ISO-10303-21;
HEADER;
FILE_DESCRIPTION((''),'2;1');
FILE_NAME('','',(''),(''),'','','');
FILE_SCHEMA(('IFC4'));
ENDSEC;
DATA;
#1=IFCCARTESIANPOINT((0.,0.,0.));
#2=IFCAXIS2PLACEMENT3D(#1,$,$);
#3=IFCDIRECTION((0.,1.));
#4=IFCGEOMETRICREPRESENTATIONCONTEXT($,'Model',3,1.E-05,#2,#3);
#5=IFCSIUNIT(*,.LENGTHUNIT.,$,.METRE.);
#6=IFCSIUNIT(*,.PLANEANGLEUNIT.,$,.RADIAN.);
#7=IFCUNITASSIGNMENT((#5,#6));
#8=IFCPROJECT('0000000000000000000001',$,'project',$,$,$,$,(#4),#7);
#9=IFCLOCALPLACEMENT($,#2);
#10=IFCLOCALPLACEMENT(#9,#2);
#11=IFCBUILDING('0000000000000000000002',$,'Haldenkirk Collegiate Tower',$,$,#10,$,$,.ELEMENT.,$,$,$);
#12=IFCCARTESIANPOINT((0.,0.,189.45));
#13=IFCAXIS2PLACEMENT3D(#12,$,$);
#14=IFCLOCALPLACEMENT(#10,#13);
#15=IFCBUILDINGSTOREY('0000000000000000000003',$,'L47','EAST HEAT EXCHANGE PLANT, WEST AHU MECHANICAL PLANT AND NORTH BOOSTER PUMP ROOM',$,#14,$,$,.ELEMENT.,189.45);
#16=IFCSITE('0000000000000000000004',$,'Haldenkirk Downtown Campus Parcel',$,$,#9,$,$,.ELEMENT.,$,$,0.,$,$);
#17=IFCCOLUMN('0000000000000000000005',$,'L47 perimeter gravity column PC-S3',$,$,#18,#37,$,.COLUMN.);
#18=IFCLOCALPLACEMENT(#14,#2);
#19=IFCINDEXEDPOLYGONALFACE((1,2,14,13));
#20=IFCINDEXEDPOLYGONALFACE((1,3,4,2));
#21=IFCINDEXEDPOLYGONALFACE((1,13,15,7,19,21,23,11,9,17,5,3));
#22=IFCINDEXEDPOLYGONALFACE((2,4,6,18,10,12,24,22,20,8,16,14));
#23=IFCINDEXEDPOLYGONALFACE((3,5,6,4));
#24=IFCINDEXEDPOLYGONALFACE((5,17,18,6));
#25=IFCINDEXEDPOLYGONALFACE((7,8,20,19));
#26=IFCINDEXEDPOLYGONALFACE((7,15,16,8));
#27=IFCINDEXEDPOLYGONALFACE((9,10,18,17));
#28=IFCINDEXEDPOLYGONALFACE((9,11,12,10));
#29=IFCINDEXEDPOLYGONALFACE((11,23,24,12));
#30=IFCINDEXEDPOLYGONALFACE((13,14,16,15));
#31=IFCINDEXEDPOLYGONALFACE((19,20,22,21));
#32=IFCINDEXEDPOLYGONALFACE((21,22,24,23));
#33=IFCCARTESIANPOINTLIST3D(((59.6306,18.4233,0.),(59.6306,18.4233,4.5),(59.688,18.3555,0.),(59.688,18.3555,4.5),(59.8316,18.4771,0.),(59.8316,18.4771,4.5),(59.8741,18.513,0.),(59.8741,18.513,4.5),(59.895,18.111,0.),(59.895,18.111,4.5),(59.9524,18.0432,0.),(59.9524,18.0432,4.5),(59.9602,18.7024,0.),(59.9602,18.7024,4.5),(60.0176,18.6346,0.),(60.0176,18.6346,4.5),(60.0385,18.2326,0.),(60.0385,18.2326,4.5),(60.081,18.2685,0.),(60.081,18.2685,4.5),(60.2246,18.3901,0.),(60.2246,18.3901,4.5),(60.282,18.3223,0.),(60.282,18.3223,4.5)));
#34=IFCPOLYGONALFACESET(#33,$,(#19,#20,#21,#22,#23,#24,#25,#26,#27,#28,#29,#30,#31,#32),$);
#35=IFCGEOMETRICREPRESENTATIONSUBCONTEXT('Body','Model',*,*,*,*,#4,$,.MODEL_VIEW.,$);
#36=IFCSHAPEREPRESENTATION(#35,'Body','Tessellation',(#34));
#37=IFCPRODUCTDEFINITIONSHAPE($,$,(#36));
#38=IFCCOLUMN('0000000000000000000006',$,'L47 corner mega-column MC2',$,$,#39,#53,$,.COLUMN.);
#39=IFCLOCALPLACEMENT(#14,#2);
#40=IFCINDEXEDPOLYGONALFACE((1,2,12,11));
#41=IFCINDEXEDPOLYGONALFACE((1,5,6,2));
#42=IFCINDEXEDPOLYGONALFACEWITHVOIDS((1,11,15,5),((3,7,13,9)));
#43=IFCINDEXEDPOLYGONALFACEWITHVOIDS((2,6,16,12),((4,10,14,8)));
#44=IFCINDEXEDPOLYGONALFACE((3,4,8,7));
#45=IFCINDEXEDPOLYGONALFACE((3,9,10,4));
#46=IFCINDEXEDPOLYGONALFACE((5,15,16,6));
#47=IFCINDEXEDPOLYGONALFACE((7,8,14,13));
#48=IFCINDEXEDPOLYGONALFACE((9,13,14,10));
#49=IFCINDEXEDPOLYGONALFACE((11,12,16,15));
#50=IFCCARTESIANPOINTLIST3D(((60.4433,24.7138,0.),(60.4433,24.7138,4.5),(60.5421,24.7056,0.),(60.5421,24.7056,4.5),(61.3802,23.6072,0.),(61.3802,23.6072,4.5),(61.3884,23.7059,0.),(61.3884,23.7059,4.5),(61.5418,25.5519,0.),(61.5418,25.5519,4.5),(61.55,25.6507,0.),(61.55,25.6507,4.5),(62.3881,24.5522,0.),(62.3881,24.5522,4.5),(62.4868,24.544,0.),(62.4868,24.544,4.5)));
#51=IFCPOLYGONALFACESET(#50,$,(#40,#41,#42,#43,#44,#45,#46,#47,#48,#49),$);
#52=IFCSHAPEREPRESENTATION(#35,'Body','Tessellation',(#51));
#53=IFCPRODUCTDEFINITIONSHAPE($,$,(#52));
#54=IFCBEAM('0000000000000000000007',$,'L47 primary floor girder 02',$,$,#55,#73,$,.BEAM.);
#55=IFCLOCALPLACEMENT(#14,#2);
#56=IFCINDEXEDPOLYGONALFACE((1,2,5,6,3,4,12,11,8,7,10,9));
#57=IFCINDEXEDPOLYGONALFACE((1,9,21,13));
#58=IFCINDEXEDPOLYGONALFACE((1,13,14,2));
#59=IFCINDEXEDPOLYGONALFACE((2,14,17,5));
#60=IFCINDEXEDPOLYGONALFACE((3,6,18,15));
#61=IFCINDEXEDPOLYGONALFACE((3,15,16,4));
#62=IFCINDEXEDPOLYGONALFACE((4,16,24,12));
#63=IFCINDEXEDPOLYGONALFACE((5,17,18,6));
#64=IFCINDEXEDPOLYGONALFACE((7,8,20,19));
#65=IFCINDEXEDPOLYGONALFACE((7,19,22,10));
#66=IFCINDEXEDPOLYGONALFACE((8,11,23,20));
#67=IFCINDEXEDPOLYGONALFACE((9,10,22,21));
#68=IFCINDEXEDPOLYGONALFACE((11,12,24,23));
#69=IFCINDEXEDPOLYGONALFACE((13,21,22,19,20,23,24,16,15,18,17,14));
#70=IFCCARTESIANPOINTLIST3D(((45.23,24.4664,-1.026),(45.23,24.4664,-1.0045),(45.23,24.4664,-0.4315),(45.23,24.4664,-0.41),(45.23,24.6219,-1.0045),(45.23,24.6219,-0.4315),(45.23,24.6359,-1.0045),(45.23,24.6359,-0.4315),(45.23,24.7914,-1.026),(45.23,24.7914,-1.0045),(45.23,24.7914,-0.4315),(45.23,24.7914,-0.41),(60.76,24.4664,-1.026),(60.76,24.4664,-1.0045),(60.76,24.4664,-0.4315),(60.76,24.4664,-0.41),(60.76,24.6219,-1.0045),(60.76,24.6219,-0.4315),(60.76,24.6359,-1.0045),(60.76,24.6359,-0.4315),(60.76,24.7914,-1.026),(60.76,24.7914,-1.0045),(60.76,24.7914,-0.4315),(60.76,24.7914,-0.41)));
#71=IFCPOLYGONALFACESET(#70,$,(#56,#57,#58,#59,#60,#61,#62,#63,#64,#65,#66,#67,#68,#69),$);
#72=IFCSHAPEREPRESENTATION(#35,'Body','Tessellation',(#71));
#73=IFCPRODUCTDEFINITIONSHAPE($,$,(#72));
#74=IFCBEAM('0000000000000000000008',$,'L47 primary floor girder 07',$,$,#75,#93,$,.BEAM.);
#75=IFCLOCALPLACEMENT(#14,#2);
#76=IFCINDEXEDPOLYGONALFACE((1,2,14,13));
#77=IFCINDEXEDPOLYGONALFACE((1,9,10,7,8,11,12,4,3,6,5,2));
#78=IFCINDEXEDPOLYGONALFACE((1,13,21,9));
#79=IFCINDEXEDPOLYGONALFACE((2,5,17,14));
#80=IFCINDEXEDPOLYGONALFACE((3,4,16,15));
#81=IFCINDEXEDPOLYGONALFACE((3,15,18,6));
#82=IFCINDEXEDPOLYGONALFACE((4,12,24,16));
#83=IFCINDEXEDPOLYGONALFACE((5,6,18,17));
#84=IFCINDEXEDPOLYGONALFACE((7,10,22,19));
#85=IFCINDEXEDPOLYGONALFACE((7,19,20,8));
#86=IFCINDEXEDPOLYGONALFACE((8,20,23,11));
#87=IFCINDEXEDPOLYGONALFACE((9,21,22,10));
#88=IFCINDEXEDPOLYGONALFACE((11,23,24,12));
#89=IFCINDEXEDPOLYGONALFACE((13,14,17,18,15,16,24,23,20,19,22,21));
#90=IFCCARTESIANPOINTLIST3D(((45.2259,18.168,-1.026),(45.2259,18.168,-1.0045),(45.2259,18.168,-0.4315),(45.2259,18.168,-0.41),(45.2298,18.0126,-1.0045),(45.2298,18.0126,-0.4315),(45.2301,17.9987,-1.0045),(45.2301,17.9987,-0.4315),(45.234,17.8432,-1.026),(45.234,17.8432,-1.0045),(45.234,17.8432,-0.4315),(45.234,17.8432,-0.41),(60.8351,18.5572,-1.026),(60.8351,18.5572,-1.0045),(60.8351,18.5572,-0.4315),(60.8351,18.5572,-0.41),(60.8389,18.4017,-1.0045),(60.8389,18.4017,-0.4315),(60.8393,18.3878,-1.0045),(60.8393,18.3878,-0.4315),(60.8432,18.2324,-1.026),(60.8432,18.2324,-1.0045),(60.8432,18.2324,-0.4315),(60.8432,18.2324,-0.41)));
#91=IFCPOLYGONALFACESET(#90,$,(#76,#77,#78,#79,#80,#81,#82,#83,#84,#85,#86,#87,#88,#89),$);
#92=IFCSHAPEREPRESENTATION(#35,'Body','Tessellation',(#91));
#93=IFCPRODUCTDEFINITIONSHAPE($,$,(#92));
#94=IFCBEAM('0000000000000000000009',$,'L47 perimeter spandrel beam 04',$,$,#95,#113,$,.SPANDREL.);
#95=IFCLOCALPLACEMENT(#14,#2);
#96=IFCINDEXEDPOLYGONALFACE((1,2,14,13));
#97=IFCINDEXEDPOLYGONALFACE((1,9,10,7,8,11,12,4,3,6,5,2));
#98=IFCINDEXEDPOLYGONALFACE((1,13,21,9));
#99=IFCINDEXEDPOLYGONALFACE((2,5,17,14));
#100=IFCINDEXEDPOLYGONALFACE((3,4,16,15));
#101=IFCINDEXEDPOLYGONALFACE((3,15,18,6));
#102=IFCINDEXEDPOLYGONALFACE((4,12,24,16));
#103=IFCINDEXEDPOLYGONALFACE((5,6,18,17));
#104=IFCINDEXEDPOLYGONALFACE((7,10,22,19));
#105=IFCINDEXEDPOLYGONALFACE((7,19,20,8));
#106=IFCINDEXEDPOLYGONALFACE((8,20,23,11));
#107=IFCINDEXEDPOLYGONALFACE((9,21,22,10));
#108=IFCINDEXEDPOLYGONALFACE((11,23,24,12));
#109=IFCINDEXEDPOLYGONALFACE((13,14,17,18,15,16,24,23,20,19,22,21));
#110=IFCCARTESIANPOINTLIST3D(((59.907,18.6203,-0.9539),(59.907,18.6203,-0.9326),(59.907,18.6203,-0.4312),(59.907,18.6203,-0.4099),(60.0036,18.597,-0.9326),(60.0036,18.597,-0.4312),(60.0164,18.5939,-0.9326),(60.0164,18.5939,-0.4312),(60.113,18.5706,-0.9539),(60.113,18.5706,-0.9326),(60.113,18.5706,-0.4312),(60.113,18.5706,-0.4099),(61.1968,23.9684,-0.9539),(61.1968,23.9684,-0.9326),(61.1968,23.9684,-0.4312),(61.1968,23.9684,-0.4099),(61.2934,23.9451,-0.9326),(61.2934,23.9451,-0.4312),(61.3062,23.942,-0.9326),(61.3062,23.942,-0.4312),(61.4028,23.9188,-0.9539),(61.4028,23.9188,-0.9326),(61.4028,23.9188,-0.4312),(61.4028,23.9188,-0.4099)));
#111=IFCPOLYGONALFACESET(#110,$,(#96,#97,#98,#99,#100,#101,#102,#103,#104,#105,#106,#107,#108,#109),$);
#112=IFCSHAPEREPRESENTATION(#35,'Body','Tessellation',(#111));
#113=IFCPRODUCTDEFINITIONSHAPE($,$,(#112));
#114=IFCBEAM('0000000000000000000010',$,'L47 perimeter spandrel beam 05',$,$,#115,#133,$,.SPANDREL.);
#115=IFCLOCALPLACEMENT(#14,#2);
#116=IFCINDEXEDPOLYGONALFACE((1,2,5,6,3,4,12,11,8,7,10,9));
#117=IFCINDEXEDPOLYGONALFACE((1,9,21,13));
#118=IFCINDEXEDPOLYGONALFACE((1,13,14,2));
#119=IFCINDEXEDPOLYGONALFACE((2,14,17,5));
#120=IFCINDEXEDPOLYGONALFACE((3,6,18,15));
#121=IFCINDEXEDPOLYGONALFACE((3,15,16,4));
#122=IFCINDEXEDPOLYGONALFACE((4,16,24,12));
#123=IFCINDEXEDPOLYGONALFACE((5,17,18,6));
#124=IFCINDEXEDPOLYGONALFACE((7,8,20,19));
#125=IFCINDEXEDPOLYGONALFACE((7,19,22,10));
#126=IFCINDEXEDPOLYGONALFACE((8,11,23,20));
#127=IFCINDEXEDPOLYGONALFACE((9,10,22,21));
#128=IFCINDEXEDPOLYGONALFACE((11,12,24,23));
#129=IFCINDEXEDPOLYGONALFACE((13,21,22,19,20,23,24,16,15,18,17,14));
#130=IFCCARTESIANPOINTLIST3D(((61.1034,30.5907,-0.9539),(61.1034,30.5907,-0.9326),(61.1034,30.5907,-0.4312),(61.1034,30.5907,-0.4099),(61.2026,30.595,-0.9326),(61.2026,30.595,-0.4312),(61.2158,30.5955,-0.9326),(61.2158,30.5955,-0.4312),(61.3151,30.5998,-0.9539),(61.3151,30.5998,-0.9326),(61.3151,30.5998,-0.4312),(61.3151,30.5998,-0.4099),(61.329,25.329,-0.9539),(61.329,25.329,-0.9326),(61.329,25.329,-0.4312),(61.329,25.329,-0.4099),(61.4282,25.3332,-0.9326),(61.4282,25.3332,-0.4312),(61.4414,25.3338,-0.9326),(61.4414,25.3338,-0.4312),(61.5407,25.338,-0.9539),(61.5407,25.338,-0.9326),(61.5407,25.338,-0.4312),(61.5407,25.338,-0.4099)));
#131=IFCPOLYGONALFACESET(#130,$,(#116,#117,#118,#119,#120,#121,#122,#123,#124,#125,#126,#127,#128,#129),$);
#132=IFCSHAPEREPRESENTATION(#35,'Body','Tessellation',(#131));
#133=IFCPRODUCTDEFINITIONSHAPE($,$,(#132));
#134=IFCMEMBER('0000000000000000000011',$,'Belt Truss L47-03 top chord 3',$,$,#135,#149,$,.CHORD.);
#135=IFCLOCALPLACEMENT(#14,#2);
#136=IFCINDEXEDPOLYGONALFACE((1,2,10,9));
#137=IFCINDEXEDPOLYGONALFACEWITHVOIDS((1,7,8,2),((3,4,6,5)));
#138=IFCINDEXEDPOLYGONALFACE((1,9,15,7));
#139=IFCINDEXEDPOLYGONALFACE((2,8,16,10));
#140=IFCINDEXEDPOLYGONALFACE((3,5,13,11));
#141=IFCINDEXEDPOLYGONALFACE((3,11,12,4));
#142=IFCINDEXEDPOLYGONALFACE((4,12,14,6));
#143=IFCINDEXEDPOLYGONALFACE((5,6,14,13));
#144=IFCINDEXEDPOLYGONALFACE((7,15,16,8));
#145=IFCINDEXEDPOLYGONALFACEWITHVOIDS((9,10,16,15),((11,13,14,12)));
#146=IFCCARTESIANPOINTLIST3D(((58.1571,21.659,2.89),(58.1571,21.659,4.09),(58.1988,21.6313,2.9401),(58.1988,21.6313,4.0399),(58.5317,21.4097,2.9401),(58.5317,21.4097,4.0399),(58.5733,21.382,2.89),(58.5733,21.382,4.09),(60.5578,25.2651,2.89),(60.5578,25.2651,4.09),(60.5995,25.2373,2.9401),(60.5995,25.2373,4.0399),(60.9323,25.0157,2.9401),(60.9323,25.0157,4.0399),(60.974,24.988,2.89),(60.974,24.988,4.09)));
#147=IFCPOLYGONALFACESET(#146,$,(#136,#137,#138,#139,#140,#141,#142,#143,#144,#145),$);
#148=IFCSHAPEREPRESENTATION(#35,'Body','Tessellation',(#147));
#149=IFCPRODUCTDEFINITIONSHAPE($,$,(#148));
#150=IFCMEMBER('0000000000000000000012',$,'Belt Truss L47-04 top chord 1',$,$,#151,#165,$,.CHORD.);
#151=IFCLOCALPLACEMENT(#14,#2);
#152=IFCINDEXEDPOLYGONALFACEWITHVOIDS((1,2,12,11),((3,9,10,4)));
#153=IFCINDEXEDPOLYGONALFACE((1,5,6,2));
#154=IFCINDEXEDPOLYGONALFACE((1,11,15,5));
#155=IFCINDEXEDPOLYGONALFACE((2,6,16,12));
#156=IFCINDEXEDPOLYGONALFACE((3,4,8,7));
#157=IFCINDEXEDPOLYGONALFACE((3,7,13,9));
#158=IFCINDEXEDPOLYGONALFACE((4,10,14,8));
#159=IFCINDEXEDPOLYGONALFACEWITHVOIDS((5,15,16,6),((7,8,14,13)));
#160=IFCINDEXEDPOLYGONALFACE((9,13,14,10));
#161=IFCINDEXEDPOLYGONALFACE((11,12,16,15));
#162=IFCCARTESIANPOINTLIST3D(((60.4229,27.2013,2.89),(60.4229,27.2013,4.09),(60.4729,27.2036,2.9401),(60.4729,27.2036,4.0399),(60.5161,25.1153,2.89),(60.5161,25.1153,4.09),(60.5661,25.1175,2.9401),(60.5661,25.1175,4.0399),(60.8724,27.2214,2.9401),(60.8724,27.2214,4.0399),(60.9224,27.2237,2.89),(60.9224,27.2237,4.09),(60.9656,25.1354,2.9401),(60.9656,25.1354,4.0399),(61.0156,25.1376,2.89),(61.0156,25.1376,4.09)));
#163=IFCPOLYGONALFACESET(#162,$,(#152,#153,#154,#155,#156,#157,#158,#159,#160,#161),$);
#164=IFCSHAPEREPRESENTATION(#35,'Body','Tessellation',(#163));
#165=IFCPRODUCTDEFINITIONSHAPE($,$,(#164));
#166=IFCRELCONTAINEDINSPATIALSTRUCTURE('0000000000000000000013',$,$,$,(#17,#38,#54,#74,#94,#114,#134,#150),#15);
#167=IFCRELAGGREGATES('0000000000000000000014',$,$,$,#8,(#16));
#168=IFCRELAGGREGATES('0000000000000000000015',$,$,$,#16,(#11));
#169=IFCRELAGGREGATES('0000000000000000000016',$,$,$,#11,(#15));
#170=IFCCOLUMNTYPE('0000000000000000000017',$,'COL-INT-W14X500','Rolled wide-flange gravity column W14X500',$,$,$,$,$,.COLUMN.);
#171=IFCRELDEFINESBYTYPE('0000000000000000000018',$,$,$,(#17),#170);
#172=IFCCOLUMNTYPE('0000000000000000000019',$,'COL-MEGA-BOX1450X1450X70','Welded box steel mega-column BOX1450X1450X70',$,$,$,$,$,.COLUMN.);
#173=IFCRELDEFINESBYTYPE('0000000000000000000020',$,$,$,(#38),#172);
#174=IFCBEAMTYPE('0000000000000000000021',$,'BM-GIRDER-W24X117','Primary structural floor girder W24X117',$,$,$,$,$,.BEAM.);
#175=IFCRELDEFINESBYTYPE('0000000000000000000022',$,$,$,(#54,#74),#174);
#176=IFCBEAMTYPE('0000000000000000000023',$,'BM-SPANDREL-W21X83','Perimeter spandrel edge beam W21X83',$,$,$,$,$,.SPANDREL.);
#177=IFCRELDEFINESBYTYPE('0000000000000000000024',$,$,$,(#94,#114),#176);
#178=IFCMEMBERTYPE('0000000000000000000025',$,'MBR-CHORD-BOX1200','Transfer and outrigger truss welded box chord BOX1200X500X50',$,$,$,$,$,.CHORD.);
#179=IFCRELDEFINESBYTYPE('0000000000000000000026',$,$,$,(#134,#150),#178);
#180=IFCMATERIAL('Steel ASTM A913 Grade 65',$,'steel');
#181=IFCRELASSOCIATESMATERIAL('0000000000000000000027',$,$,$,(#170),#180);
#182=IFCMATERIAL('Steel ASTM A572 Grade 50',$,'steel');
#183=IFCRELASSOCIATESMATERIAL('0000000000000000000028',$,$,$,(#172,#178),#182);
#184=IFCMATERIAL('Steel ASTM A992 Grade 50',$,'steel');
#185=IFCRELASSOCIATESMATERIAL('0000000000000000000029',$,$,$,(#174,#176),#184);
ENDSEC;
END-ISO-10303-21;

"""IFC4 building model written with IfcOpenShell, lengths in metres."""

from ifc_helpers import new_model, si_unit, direction, frame, origin, origin_2d, place, context, subcontext, project, spatial, hollow_rectangle, i_section, extrude, material, material_profile, profile_set, type_object, element, save


model = new_model("IFC4")

# Units and contexts
model_context = context("Model", 3, precision=1e-05, world=origin(), true_north=direction((0.0, 1.0)))
body_context = subcontext(model_context, "Body", "Model", "MODEL_VIEW")
ifc_project = project(units=[si_unit("LENGTHUNIT", "METRE"), si_unit("PLANEANGLEUNIT", "RADIAN")], contexts=[model_context])

# Site, building, storey
site_placement = place(None, origin())
site = spatial("IfcSite", under=ifc_project, at=site_placement, Name="Haldenkirk Downtown Campus Parcel", CompositionType="ELEMENT", RefElevation=0.0)
building_placement = place(site_placement, origin())
building = spatial("IfcBuilding", under=site, at=building_placement, Name="Haldenkirk Collegiate Tower", CompositionType="ELEMENT")
storey_placement = place(building_placement, frame((0.0, 0.0, 189.45)))
storey = spatial("IfcBuildingStorey", under=building, at=storey_placement, Name="L47", Description="EAST HEAT EXCHANGE PLANT, WEST AHU MECHANICAL PLANT AND NORTH BOOSTER PUMP ROOM", CompositionType="ELEMENT", Elevation=189.45)

# Columns
ifc_material_1 = material(Name="Steel ASTM A913 Grade 65", Category="steel")
ifc_material_profile_1 = material_profile(ifc_material_1, i_section(OverallWidth=0.4319, OverallDepth=0.498, WebThickness=0.0557, FlangeThickness=0.0889, at=origin_2d()), Name="W14X500")
ifc_profile_set_1 = profile_set([ifc_material_profile_1], Name="Steel ASTM A913 Grade 65")
column_type_1 = type_object("IfcColumnType", Name="COL-INT-W14X500", Description="Rolled wide-flange gravity column W14X500", PredefinedType="COLUMN", material=ifc_profile_set_1)
column_1_placement = place(storey_placement, frame((59.9563, 18.3728, 0.0), z_axis=(0.0, 0.0, 1.0), x_axis=(0.763232, 0.646124, 0.0)))
element("IfcColumn", 1, at=column_1_placement, inside=storey, type_object=column_type_1, Name="L47 perimeter gravity column PC-S3", PredefinedType="COLUMN", context=body_context, shape_type="SweptSolid", body=[
    extrude(i_section(OverallWidth=0.4319, OverallDepth=0.498, WebThickness=0.0557, FlangeThickness=0.0889, at=origin_2d()), origin(), (0.0, 0.0, 1.0), 4.5),
])
ifc_material_2 = material(Name="Steel ASTM A572 Grade 50", Category="steel")
ifc_material_profile_2 = material_profile(ifc_material_2, hollow_rectangle(XDim=1.45, YDim=1.45, WallThickness=0.0701, at=origin_2d()), Name="BOX1450X1450X70")
ifc_profile_set_2 = profile_set([ifc_material_profile_2], Name="Steel ASTM A572 Grade 50")
column_type_2 = type_object("IfcColumnType", Name="COL-MEGA-BOX1450X1450X70", Description="Welded box steel mega-column BOX1450X1450X70", PredefinedType="COLUMN", material=ifc_profile_set_2)
column_2_placement = place(storey_placement, frame((61.4651, 24.6289, 0.0), z_axis=(0.0, 0.0, 1.0), x_axis=(0.763232, 0.646124, 0.0)))
element("IfcColumn", 2, at=column_2_placement, inside=storey, type_object=column_type_2, Name="L47 corner mega-column MC2", PredefinedType="COLUMN", context=body_context, shape_type="SweptSolid", body=[
    extrude(hollow_rectangle(XDim=1.45, YDim=1.45, WallThickness=0.0701, at=origin_2d()), origin(), (0.0, 0.0, 1.0), 4.5),
])

# Beams
ifc_material_3 = material(Name="Steel ASTM A992 Grade 50", Category="steel")
ifc_material_profile_3 = material_profile(ifc_material_3, i_section(OverallWidth=0.325, OverallDepth=0.616, WebThickness=0.0139, FlangeThickness=0.0215, at=origin_2d()), Name="W24X117")
ifc_profile_set_3 = profile_set([ifc_material_profile_3], Name="Steel ASTM A992 Grade 50")
beam_type_1 = type_object("IfcBeamType", Name="BM-GIRDER-W24X117", Description="Primary structural floor girder W24X117", PredefinedType="BEAM", material=ifc_profile_set_3)
beam_1_placement = place(storey_placement, frame((60.76, 24.6289, -0.718), z_axis=(-1.0, 0.0, 0.0), x_axis=(0.0, -1.0, 0.0)))
element("IfcBeam", 3, at=beam_1_placement, inside=storey, type_object=beam_type_1, Name="L47 primary floor girder 02", PredefinedType="BEAM", context=body_context, shape_type="SweptSolid", body=[
    extrude(i_section(OverallWidth=0.325, OverallDepth=0.616, WebThickness=0.0139, FlangeThickness=0.0215, at=origin_2d()), origin(), (0.0, 0.0, 1.0), 15.53),
])
beam_2_placement = place(storey_placement, frame((60.8391, 18.3948, -0.718), z_axis=(-0.999689, -0.024924, 0.0), x_axis=(0.024924, -0.999689, 0.0)))
element("IfcBeam", 4, at=beam_2_placement, inside=storey, type_object=beam_type_1, Name="L47 primary floor girder 07", PredefinedType="BEAM", context=body_context, shape_type="SweptSolid", body=[
    extrude(i_section(OverallWidth=0.325, OverallDepth=0.616, WebThickness=0.0139, FlangeThickness=0.0215, at=origin_2d()), origin(), (0.0, 0.0, 1.0), 15.614),
])
ifc_material_profile_4 = material_profile(ifc_material_3, i_section(OverallWidth=0.2119, OverallDepth=0.5439, WebThickness=0.0132, FlangeThickness=0.0212, at=origin_2d()), Name="W21X83")
ifc_profile_set_4 = profile_set([ifc_material_profile_4], Name="Steel ASTM A992 Grade 50")
beam_type_2 = type_object("IfcBeamType", Name="BM-SPANDREL-W21X83", Description="Perimeter spandrel edge beam W21X83", PredefinedType="SPANDREL", material=ifc_profile_set_4)
beam_3_placement = place(storey_placement, frame((60.01, 18.5955, -0.6819), z_axis=(0.234445, 0.972129, 0.0), x_axis=(-0.972129, 0.234445, 0.0)))
element("IfcBeam", 5, at=beam_3_placement, inside=storey, type_object=beam_type_2, Name="L47 perimeter spandrel beam 04", PredefinedType="SPANDREL", context=body_context, shape_type="SweptSolid", body=[
    extrude(i_section(OverallWidth=0.2119, OverallDepth=0.5439, WebThickness=0.0132, FlangeThickness=0.0212, at=origin_2d()), origin(), (0.0, 0.0, 1.0), 5.5015),
])
beam_4_placement = place(storey_placement, frame((61.4348, 25.3335, -0.6819), z_axis=(-0.042834, 0.999082, 0.0), x_axis=(-0.999082, -0.042834, 0.0)))
element("IfcBeam", 6, at=beam_4_placement, inside=storey, type_object=beam_type_2, Name="L47 perimeter spandrel beam 05", PredefinedType="SPANDREL", context=body_context, shape_type="SweptSolid", body=[
    extrude(i_section(OverallWidth=0.2119, OverallDepth=0.5439, WebThickness=0.0132, FlangeThickness=0.0212, at=origin_2d()), origin(), (0.0, 0.0, 1.0), 5.2666),
])

# Members
ifc_material_profile_5 = material_profile(ifc_material_2, hollow_rectangle(XDim=0.5, YDim=1.2, WallThickness=0.05, at=origin_2d()), Name="BOX1200X500X50")
ifc_profile_set_5 = profile_set([ifc_material_profile_5], Name="Steel ASTM A572 Grade 50")
member_type_1 = type_object("IfcMemberType", Name="MBR-CHORD-BOX1200", Description="Transfer and outrigger truss welded box chord BOX1200X500X50", PredefinedType="CHORD", material=ifc_profile_set_5)
member_1_placement = place(storey_placement, frame((58.3652, 21.5205, 3.49), z_axis=(0.554167, 0.832406, 0.0), x_axis=(-0.832406, 0.554167, 0.0)))
element("IfcMember", 7, at=member_1_placement, inside=storey, type_object=member_type_1, Name="Belt Truss L47-03 top chord 3", PredefinedType="CHORD", context=body_context, shape_type="SweptSolid", body=[
    extrude(hollow_rectangle(XDim=0.5, YDim=1.2, WallThickness=0.05, at=origin_2d()), origin(), (0.0, 0.0, 1.0), 4.332),
])
member_2_placement = place(storey_placement, frame((60.7659, 25.1265, 3.49), z_axis=(-0.044665, 0.999002, 0.0), x_axis=(-0.999002, -0.044665, 0.0)))
element("IfcMember", 8, at=member_2_placement, inside=storey, type_object=member_type_1, Name="Belt Truss L47-04 top chord 1", PredefinedType="CHORD", context=body_context, shape_type="SweptSolid", body=[
    extrude(hollow_rectangle(XDim=0.5, YDim=1.2, WallThickness=0.05, at=origin_2d()), origin(), (0.0, 0.0, 1.0), 2.0881),
])

save(model, "model.ifc")
